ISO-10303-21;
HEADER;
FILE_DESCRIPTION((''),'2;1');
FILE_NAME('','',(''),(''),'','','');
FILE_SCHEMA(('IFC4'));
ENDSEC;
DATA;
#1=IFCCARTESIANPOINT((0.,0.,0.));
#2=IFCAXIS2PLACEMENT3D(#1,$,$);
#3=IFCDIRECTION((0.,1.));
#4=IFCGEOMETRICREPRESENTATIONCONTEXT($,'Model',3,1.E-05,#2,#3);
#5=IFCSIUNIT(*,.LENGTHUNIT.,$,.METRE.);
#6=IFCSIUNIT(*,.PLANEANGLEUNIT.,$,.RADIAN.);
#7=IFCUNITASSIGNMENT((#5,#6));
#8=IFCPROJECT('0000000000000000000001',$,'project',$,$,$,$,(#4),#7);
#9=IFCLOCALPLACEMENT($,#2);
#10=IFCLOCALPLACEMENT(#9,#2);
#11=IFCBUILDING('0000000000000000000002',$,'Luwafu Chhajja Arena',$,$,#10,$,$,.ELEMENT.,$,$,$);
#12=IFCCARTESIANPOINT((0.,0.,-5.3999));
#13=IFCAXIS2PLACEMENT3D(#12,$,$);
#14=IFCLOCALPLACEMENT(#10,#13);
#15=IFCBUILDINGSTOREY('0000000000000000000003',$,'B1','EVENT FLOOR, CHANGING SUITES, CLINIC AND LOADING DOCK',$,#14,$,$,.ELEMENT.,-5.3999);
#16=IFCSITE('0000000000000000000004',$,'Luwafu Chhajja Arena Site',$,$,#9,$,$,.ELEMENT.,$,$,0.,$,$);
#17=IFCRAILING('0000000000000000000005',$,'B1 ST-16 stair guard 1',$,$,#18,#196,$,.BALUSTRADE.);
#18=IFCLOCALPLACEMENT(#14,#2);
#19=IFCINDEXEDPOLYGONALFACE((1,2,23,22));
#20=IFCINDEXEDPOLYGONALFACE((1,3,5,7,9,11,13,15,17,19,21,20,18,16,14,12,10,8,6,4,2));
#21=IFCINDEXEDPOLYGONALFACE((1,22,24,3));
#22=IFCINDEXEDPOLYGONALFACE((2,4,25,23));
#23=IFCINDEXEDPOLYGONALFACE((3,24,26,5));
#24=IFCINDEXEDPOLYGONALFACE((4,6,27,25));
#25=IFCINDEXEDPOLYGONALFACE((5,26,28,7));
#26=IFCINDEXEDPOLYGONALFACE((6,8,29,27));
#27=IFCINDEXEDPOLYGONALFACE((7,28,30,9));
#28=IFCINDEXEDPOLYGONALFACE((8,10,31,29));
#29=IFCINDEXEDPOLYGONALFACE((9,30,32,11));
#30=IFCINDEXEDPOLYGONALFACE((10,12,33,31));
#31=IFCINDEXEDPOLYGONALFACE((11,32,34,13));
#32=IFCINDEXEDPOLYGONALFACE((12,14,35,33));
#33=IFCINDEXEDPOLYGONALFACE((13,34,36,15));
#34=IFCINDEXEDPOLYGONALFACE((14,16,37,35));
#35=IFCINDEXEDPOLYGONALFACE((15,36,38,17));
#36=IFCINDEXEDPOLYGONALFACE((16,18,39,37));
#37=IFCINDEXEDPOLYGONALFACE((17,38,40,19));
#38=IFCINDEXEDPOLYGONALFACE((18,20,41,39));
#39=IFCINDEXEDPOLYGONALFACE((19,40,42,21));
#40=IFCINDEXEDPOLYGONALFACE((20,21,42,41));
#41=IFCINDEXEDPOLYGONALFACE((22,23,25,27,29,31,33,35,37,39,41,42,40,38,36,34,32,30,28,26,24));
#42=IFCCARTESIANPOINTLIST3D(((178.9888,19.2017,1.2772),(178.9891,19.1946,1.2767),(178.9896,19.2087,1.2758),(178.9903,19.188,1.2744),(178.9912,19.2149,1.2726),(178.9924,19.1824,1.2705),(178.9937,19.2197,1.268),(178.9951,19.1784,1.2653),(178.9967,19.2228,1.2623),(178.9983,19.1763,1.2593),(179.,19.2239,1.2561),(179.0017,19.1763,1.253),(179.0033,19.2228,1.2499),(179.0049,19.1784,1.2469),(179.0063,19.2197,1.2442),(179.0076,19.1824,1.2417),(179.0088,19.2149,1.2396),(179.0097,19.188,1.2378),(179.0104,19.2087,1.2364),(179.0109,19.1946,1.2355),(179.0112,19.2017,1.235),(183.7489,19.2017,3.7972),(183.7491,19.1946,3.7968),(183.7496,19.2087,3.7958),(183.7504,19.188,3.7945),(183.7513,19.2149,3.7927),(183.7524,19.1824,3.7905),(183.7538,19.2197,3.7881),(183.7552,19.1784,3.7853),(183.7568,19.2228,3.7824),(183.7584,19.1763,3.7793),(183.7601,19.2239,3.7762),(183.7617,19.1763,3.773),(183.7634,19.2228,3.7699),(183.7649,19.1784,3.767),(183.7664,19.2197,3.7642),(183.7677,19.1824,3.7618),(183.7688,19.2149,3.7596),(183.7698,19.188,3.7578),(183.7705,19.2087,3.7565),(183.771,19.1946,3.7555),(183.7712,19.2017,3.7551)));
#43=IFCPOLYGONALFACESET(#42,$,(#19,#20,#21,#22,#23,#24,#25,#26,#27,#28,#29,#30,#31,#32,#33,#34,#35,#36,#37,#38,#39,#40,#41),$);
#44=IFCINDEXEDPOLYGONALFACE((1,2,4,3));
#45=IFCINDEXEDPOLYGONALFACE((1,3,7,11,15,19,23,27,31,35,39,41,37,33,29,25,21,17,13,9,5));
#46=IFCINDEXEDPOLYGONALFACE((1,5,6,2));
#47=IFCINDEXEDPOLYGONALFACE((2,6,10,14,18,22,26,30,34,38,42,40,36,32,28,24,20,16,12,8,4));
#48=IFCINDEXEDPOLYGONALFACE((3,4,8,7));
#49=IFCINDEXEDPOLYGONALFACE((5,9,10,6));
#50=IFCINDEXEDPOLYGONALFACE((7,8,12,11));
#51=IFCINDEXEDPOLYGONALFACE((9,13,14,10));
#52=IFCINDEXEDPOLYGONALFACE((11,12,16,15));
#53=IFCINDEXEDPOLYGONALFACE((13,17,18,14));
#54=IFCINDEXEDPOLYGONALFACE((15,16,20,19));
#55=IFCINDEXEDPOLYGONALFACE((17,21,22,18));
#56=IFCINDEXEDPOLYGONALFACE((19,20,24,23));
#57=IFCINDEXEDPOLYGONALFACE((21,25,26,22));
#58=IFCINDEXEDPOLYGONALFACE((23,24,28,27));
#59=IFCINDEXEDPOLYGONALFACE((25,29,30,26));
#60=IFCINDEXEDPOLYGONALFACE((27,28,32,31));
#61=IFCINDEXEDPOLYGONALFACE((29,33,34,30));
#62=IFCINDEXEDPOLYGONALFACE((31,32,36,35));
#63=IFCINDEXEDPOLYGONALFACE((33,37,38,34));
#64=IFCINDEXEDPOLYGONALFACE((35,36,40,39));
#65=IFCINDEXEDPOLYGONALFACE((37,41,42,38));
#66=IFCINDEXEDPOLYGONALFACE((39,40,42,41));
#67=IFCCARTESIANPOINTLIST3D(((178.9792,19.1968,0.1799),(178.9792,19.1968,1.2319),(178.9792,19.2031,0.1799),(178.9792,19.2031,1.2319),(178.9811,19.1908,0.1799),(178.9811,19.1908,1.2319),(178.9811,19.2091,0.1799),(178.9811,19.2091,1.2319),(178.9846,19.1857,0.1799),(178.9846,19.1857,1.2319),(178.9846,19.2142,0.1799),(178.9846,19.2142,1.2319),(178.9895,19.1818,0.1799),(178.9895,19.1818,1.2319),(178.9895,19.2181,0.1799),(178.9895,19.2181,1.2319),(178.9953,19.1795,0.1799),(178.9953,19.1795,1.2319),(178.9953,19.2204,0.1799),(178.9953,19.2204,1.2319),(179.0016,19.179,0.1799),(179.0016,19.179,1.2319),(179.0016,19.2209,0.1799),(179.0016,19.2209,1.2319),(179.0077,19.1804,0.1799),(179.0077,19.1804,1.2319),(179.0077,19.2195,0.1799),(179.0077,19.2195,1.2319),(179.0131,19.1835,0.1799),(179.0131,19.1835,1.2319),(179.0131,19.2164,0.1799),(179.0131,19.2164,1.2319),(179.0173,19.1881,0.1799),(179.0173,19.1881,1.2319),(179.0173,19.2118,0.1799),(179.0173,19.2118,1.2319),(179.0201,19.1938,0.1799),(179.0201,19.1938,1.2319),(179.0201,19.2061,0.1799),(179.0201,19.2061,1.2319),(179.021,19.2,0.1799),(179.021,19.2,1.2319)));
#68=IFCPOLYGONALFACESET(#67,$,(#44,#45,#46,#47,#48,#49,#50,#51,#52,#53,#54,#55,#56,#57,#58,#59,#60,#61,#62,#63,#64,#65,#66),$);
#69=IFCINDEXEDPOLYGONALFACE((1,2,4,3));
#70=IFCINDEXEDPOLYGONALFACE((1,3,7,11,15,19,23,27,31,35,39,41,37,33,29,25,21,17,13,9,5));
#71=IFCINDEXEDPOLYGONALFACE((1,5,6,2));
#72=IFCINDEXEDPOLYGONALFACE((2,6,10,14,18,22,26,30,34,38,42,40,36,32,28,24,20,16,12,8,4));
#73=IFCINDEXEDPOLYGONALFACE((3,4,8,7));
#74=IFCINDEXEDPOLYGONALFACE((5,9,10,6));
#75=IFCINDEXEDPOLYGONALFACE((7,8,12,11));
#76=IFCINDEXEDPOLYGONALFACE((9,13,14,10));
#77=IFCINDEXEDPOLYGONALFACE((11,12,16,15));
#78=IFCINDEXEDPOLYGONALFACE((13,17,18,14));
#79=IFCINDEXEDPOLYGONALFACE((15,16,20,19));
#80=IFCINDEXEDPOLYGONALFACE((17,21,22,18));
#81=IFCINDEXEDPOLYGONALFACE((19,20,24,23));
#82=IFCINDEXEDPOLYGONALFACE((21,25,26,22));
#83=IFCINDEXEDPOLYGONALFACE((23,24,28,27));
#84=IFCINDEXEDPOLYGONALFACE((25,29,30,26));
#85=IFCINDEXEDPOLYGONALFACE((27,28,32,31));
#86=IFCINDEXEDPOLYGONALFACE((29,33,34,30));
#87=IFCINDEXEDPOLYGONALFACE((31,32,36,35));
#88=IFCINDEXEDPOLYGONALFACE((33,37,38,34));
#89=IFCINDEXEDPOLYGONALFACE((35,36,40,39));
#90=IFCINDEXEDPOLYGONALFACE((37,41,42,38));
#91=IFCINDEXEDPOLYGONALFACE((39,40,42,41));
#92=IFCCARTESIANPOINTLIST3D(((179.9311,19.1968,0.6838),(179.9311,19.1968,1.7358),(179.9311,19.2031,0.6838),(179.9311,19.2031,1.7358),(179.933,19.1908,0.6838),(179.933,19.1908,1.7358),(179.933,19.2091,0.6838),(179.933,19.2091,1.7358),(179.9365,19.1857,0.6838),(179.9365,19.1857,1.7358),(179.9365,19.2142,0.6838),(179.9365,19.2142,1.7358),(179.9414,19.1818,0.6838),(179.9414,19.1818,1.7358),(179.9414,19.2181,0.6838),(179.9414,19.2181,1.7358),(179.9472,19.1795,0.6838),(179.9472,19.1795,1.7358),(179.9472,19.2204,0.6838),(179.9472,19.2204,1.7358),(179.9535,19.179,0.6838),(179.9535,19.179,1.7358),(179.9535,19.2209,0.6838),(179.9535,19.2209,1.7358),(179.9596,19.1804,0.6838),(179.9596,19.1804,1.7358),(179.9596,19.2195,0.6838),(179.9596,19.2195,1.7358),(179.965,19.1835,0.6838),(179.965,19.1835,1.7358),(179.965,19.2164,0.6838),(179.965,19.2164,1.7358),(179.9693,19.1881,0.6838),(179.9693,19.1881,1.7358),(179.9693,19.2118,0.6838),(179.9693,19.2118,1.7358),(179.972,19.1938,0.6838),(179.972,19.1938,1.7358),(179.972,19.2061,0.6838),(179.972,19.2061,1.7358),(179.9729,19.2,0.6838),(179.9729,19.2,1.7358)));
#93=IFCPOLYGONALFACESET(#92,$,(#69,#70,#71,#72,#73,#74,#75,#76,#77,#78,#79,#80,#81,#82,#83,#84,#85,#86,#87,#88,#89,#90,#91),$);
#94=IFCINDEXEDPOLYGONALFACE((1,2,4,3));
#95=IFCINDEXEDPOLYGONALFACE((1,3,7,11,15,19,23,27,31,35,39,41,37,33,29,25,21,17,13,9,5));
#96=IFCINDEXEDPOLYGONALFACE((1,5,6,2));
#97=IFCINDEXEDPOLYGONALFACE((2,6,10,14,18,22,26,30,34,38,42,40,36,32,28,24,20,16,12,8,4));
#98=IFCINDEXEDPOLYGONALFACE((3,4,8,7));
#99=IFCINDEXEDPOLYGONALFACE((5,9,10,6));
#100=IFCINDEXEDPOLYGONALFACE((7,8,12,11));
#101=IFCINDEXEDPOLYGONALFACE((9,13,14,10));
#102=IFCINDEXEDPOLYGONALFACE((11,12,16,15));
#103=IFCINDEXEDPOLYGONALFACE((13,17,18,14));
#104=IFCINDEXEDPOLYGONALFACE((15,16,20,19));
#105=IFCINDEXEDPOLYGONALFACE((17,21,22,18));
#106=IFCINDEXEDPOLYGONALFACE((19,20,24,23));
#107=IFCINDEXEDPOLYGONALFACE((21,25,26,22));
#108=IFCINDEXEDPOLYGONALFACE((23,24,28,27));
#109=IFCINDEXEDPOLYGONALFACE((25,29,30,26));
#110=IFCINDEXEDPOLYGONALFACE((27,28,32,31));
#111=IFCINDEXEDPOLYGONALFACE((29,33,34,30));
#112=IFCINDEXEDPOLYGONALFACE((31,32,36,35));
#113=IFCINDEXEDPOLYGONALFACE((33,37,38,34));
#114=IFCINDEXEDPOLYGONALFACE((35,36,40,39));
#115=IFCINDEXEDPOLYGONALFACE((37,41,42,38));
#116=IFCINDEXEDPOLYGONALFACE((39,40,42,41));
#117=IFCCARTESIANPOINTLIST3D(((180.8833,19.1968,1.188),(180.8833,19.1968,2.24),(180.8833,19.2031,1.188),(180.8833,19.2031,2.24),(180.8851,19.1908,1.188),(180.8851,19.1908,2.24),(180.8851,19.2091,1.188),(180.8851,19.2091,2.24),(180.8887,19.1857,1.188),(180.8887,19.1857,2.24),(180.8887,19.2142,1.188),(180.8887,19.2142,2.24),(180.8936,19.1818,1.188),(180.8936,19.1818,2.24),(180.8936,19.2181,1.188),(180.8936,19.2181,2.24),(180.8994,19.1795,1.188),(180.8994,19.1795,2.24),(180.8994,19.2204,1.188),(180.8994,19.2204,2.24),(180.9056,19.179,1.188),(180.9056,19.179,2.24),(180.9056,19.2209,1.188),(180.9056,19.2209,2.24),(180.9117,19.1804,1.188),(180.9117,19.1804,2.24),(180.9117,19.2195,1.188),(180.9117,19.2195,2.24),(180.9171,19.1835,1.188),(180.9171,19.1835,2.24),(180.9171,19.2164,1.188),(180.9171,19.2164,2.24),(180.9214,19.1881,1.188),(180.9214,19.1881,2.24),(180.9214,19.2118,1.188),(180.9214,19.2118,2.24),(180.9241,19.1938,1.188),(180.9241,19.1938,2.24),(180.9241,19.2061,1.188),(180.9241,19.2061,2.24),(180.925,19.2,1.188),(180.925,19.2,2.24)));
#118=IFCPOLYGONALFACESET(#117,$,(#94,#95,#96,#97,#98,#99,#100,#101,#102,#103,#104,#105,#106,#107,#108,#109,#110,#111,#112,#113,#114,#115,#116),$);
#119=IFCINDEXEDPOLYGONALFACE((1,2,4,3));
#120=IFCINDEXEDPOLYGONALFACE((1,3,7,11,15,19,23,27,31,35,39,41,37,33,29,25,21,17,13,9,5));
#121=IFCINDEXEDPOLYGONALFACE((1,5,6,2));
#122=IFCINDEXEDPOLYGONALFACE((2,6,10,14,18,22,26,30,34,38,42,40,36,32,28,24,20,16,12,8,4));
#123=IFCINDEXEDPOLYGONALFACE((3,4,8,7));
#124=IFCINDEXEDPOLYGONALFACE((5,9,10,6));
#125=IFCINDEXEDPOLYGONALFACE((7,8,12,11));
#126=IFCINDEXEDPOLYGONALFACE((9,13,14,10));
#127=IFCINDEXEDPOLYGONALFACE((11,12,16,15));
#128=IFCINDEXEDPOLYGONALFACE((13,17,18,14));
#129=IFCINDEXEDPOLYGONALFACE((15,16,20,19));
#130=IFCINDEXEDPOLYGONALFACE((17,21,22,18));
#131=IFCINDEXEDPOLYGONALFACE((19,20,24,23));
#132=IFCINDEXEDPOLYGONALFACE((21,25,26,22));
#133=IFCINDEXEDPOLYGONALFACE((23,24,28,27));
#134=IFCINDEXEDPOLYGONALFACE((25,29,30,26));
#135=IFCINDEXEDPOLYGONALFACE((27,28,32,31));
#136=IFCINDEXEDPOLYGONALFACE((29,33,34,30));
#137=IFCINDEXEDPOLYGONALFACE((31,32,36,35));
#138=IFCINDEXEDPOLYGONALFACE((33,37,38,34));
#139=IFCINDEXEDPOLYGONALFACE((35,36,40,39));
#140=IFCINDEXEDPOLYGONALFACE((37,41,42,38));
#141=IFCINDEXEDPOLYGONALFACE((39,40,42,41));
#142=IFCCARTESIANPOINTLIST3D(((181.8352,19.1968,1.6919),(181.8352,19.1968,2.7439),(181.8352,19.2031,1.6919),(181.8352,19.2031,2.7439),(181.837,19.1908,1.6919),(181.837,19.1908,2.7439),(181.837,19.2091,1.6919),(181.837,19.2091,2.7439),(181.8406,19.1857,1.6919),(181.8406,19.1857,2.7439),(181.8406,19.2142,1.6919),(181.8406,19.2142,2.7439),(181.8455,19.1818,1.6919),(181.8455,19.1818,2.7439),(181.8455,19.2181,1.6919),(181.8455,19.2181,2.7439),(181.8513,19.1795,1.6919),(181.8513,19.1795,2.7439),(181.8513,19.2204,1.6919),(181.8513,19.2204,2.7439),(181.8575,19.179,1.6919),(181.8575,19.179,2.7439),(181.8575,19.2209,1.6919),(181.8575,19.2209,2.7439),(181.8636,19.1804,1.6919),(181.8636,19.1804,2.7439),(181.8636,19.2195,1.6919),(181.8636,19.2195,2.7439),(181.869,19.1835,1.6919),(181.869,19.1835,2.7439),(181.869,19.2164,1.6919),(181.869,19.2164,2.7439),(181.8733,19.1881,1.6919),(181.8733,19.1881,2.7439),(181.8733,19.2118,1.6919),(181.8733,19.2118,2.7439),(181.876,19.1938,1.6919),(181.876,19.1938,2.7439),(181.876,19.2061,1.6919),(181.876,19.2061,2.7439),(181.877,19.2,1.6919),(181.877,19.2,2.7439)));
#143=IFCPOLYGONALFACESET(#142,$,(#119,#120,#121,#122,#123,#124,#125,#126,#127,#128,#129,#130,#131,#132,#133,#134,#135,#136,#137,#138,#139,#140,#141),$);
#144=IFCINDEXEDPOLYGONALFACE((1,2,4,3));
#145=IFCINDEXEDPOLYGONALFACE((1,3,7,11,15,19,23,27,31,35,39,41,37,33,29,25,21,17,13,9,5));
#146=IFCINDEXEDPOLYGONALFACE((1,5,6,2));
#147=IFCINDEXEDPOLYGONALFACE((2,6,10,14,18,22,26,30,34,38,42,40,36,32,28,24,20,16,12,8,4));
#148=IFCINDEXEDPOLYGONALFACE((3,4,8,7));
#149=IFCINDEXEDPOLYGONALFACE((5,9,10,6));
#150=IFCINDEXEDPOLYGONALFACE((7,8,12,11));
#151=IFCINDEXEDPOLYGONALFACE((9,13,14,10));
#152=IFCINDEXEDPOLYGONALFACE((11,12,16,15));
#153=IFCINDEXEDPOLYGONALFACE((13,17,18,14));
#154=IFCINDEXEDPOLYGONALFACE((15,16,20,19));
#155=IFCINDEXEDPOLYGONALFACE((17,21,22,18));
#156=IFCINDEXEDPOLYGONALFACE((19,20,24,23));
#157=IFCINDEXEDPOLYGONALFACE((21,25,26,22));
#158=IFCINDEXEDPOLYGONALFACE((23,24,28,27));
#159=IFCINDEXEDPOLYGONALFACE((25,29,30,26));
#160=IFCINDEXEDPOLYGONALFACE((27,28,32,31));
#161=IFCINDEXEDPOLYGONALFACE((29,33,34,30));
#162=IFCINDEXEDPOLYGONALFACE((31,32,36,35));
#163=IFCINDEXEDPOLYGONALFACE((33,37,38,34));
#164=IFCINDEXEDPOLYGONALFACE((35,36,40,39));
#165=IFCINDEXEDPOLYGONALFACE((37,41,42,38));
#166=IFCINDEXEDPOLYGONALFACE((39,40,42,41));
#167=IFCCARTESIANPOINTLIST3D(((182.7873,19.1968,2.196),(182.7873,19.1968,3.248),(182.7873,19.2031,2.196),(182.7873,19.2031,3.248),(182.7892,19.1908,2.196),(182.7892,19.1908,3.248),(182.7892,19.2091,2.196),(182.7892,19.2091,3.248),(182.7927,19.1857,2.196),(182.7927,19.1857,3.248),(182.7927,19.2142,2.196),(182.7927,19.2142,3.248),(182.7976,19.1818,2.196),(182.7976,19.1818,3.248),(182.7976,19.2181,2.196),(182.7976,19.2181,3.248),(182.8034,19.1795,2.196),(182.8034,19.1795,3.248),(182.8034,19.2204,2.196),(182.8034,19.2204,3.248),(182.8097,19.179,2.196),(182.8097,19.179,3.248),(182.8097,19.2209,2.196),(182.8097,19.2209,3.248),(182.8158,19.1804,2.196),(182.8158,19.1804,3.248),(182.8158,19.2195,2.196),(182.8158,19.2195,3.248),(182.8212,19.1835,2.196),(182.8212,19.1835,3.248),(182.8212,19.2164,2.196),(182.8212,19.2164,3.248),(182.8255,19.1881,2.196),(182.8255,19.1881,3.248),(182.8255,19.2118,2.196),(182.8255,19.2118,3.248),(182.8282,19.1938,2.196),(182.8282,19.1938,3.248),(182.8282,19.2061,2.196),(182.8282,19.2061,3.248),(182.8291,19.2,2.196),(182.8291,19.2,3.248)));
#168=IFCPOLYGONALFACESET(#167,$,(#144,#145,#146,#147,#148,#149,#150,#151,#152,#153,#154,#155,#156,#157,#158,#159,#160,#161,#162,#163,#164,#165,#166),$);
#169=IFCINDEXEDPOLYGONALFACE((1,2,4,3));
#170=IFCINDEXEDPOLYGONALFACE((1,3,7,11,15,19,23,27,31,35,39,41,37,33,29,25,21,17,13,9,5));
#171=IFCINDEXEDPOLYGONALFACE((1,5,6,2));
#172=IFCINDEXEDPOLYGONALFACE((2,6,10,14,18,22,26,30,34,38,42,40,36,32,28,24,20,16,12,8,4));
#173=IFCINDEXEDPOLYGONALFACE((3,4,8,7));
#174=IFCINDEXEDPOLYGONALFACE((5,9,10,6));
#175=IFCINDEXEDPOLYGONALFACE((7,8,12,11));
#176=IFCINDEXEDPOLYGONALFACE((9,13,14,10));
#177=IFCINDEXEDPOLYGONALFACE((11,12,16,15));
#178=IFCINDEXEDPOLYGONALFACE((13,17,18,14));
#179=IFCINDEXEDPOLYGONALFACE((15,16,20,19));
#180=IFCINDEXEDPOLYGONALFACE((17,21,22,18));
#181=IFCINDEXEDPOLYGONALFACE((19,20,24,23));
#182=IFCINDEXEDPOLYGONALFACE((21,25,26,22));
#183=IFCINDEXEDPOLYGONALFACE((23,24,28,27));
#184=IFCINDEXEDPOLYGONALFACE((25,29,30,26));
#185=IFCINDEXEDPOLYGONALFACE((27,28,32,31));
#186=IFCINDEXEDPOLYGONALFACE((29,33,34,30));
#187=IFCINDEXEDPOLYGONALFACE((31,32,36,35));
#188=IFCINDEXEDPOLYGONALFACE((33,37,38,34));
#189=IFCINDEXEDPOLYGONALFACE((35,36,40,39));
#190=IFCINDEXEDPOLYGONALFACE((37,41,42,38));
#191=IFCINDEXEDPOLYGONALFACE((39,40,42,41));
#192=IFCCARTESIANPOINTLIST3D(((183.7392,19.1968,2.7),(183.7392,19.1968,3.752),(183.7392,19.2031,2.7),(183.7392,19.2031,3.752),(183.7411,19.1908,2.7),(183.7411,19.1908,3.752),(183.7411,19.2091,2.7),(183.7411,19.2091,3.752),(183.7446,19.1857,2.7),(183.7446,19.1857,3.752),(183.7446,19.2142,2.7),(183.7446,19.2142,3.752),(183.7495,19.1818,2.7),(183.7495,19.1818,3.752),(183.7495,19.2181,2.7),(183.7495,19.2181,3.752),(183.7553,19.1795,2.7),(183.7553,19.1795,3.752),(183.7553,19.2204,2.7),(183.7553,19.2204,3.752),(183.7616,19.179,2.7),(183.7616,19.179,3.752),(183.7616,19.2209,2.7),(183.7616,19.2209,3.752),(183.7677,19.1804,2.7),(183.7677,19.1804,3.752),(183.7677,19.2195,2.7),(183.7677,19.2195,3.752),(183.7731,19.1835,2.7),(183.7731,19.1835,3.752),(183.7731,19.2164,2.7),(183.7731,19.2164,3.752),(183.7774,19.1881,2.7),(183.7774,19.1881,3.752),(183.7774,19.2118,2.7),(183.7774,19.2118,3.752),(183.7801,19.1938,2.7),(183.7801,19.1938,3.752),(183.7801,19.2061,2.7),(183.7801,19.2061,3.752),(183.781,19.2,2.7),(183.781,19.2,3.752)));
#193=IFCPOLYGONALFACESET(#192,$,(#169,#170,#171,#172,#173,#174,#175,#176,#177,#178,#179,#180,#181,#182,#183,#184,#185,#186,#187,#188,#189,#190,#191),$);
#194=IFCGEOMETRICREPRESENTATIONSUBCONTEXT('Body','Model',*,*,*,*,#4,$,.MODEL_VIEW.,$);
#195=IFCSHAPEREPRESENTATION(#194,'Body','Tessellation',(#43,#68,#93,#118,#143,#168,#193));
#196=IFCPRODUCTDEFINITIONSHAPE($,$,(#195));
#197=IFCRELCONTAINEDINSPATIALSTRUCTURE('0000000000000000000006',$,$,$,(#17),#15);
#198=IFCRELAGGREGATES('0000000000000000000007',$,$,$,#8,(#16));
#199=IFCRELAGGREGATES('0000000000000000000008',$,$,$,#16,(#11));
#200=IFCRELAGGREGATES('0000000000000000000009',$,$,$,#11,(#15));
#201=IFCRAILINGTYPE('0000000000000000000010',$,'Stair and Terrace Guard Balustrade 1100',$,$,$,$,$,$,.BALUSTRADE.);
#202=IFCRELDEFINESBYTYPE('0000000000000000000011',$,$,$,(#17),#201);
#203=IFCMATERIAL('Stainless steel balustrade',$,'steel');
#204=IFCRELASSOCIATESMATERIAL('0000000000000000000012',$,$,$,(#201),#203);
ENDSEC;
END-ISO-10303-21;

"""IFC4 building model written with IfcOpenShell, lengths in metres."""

from ifc_helpers import new_model, si_unit, direction, frame, origin, origin_2d, place, context, subcontext, project, spatial, circle, extrude, material, type_object, element, save


model = new_model("IFC4")

# Units and contexts
model_context = context("Model", 3, precision=1e-05, world=origin(), true_north=direction((0.0, 1.0)))
body_context = subcontext(model_context, "Body", "Model", "MODEL_VIEW")
ifc_project = project(units=[si_unit("LENGTHUNIT", "METRE"), si_unit("PLANEANGLEUNIT", "RADIAN")], contexts=[model_context])

# Site, building, storey
site_placement = place(None, origin())
site = spatial("IfcSite", under=ifc_project, at=site_placement, Name="Luwafu Chhajja Arena Site", CompositionType="ELEMENT", RefElevation=0.0)
building_placement = place(site_placement, origin())
building = spatial("IfcBuilding", under=site, at=building_placement, Name="Luwafu Chhajja Arena", CompositionType="ELEMENT")
storey_placement = place(building_placement, frame((0.0, 0.0, -5.3999)))
storey = spatial("IfcBuildingStorey", under=building, at=storey_placement, Name="B1", Description="EVENT FLOOR, CHANGING SUITES, CLINIC AND LOADING DOCK", CompositionType="ELEMENT", Elevation=-5.3999)

# Railing
ifc_material_1 = material(Name="Stainless steel balustrade", Category="steel")
railing_type_1 = type_object("IfcRailingType", Name="Stair and Terrace Guard Balustrade 1100", PredefinedType="BALUSTRADE", material=ifc_material_1)
railing_1_placement = place(storey_placement, frame((179.0, 19.2, 0.1799)))
element("IfcRailing", 1, at=railing_1_placement, inside=storey, type_object=railing_type_1, Name="B1 ST-16 stair guard 1", PredefinedType="BALUSTRADE", context=body_context, shape_type="SweptSolid", body=[
    extrude(circle(Radius=0.0239, at=origin_2d()), frame((0.0, 0.0, 1.0762), z_axis=(0.883787, 0.0, 0.46789), x_axis=(0.0, 1.0, 0.0)), (0.0, 0.0, 1.0), 5.386),
    extrude(circle(Radius=0.021, at=origin_2d()), origin(), (0.0, 0.0, 1.0), 1.052),
    extrude(circle(Radius=0.021, at=origin_2d()), frame((0.9519, 0.0, 0.5039)), (0.0, 0.0, 1.0), 1.052),
    extrude(circle(Radius=0.021, at=origin_2d()), frame((1.9041, 0.0, 1.0081)), (0.0, 0.0, 1.0), 1.052),
    extrude(circle(Radius=0.021, at=origin_2d()), frame((2.856, 0.0, 1.512)), (0.0, 0.0, 1.0), 1.052),
    extrude(circle(Radius=0.021, at=origin_2d()), frame((3.8081, 0.0, 2.0161)), (0.0, 0.0, 1.0), 1.052),
    extrude(circle(Radius=0.021, at=origin_2d()), frame((4.76, 0.0, 2.52)), (0.0, 0.0, 1.0), 1.052),
])

save(model, "model.ifc")
